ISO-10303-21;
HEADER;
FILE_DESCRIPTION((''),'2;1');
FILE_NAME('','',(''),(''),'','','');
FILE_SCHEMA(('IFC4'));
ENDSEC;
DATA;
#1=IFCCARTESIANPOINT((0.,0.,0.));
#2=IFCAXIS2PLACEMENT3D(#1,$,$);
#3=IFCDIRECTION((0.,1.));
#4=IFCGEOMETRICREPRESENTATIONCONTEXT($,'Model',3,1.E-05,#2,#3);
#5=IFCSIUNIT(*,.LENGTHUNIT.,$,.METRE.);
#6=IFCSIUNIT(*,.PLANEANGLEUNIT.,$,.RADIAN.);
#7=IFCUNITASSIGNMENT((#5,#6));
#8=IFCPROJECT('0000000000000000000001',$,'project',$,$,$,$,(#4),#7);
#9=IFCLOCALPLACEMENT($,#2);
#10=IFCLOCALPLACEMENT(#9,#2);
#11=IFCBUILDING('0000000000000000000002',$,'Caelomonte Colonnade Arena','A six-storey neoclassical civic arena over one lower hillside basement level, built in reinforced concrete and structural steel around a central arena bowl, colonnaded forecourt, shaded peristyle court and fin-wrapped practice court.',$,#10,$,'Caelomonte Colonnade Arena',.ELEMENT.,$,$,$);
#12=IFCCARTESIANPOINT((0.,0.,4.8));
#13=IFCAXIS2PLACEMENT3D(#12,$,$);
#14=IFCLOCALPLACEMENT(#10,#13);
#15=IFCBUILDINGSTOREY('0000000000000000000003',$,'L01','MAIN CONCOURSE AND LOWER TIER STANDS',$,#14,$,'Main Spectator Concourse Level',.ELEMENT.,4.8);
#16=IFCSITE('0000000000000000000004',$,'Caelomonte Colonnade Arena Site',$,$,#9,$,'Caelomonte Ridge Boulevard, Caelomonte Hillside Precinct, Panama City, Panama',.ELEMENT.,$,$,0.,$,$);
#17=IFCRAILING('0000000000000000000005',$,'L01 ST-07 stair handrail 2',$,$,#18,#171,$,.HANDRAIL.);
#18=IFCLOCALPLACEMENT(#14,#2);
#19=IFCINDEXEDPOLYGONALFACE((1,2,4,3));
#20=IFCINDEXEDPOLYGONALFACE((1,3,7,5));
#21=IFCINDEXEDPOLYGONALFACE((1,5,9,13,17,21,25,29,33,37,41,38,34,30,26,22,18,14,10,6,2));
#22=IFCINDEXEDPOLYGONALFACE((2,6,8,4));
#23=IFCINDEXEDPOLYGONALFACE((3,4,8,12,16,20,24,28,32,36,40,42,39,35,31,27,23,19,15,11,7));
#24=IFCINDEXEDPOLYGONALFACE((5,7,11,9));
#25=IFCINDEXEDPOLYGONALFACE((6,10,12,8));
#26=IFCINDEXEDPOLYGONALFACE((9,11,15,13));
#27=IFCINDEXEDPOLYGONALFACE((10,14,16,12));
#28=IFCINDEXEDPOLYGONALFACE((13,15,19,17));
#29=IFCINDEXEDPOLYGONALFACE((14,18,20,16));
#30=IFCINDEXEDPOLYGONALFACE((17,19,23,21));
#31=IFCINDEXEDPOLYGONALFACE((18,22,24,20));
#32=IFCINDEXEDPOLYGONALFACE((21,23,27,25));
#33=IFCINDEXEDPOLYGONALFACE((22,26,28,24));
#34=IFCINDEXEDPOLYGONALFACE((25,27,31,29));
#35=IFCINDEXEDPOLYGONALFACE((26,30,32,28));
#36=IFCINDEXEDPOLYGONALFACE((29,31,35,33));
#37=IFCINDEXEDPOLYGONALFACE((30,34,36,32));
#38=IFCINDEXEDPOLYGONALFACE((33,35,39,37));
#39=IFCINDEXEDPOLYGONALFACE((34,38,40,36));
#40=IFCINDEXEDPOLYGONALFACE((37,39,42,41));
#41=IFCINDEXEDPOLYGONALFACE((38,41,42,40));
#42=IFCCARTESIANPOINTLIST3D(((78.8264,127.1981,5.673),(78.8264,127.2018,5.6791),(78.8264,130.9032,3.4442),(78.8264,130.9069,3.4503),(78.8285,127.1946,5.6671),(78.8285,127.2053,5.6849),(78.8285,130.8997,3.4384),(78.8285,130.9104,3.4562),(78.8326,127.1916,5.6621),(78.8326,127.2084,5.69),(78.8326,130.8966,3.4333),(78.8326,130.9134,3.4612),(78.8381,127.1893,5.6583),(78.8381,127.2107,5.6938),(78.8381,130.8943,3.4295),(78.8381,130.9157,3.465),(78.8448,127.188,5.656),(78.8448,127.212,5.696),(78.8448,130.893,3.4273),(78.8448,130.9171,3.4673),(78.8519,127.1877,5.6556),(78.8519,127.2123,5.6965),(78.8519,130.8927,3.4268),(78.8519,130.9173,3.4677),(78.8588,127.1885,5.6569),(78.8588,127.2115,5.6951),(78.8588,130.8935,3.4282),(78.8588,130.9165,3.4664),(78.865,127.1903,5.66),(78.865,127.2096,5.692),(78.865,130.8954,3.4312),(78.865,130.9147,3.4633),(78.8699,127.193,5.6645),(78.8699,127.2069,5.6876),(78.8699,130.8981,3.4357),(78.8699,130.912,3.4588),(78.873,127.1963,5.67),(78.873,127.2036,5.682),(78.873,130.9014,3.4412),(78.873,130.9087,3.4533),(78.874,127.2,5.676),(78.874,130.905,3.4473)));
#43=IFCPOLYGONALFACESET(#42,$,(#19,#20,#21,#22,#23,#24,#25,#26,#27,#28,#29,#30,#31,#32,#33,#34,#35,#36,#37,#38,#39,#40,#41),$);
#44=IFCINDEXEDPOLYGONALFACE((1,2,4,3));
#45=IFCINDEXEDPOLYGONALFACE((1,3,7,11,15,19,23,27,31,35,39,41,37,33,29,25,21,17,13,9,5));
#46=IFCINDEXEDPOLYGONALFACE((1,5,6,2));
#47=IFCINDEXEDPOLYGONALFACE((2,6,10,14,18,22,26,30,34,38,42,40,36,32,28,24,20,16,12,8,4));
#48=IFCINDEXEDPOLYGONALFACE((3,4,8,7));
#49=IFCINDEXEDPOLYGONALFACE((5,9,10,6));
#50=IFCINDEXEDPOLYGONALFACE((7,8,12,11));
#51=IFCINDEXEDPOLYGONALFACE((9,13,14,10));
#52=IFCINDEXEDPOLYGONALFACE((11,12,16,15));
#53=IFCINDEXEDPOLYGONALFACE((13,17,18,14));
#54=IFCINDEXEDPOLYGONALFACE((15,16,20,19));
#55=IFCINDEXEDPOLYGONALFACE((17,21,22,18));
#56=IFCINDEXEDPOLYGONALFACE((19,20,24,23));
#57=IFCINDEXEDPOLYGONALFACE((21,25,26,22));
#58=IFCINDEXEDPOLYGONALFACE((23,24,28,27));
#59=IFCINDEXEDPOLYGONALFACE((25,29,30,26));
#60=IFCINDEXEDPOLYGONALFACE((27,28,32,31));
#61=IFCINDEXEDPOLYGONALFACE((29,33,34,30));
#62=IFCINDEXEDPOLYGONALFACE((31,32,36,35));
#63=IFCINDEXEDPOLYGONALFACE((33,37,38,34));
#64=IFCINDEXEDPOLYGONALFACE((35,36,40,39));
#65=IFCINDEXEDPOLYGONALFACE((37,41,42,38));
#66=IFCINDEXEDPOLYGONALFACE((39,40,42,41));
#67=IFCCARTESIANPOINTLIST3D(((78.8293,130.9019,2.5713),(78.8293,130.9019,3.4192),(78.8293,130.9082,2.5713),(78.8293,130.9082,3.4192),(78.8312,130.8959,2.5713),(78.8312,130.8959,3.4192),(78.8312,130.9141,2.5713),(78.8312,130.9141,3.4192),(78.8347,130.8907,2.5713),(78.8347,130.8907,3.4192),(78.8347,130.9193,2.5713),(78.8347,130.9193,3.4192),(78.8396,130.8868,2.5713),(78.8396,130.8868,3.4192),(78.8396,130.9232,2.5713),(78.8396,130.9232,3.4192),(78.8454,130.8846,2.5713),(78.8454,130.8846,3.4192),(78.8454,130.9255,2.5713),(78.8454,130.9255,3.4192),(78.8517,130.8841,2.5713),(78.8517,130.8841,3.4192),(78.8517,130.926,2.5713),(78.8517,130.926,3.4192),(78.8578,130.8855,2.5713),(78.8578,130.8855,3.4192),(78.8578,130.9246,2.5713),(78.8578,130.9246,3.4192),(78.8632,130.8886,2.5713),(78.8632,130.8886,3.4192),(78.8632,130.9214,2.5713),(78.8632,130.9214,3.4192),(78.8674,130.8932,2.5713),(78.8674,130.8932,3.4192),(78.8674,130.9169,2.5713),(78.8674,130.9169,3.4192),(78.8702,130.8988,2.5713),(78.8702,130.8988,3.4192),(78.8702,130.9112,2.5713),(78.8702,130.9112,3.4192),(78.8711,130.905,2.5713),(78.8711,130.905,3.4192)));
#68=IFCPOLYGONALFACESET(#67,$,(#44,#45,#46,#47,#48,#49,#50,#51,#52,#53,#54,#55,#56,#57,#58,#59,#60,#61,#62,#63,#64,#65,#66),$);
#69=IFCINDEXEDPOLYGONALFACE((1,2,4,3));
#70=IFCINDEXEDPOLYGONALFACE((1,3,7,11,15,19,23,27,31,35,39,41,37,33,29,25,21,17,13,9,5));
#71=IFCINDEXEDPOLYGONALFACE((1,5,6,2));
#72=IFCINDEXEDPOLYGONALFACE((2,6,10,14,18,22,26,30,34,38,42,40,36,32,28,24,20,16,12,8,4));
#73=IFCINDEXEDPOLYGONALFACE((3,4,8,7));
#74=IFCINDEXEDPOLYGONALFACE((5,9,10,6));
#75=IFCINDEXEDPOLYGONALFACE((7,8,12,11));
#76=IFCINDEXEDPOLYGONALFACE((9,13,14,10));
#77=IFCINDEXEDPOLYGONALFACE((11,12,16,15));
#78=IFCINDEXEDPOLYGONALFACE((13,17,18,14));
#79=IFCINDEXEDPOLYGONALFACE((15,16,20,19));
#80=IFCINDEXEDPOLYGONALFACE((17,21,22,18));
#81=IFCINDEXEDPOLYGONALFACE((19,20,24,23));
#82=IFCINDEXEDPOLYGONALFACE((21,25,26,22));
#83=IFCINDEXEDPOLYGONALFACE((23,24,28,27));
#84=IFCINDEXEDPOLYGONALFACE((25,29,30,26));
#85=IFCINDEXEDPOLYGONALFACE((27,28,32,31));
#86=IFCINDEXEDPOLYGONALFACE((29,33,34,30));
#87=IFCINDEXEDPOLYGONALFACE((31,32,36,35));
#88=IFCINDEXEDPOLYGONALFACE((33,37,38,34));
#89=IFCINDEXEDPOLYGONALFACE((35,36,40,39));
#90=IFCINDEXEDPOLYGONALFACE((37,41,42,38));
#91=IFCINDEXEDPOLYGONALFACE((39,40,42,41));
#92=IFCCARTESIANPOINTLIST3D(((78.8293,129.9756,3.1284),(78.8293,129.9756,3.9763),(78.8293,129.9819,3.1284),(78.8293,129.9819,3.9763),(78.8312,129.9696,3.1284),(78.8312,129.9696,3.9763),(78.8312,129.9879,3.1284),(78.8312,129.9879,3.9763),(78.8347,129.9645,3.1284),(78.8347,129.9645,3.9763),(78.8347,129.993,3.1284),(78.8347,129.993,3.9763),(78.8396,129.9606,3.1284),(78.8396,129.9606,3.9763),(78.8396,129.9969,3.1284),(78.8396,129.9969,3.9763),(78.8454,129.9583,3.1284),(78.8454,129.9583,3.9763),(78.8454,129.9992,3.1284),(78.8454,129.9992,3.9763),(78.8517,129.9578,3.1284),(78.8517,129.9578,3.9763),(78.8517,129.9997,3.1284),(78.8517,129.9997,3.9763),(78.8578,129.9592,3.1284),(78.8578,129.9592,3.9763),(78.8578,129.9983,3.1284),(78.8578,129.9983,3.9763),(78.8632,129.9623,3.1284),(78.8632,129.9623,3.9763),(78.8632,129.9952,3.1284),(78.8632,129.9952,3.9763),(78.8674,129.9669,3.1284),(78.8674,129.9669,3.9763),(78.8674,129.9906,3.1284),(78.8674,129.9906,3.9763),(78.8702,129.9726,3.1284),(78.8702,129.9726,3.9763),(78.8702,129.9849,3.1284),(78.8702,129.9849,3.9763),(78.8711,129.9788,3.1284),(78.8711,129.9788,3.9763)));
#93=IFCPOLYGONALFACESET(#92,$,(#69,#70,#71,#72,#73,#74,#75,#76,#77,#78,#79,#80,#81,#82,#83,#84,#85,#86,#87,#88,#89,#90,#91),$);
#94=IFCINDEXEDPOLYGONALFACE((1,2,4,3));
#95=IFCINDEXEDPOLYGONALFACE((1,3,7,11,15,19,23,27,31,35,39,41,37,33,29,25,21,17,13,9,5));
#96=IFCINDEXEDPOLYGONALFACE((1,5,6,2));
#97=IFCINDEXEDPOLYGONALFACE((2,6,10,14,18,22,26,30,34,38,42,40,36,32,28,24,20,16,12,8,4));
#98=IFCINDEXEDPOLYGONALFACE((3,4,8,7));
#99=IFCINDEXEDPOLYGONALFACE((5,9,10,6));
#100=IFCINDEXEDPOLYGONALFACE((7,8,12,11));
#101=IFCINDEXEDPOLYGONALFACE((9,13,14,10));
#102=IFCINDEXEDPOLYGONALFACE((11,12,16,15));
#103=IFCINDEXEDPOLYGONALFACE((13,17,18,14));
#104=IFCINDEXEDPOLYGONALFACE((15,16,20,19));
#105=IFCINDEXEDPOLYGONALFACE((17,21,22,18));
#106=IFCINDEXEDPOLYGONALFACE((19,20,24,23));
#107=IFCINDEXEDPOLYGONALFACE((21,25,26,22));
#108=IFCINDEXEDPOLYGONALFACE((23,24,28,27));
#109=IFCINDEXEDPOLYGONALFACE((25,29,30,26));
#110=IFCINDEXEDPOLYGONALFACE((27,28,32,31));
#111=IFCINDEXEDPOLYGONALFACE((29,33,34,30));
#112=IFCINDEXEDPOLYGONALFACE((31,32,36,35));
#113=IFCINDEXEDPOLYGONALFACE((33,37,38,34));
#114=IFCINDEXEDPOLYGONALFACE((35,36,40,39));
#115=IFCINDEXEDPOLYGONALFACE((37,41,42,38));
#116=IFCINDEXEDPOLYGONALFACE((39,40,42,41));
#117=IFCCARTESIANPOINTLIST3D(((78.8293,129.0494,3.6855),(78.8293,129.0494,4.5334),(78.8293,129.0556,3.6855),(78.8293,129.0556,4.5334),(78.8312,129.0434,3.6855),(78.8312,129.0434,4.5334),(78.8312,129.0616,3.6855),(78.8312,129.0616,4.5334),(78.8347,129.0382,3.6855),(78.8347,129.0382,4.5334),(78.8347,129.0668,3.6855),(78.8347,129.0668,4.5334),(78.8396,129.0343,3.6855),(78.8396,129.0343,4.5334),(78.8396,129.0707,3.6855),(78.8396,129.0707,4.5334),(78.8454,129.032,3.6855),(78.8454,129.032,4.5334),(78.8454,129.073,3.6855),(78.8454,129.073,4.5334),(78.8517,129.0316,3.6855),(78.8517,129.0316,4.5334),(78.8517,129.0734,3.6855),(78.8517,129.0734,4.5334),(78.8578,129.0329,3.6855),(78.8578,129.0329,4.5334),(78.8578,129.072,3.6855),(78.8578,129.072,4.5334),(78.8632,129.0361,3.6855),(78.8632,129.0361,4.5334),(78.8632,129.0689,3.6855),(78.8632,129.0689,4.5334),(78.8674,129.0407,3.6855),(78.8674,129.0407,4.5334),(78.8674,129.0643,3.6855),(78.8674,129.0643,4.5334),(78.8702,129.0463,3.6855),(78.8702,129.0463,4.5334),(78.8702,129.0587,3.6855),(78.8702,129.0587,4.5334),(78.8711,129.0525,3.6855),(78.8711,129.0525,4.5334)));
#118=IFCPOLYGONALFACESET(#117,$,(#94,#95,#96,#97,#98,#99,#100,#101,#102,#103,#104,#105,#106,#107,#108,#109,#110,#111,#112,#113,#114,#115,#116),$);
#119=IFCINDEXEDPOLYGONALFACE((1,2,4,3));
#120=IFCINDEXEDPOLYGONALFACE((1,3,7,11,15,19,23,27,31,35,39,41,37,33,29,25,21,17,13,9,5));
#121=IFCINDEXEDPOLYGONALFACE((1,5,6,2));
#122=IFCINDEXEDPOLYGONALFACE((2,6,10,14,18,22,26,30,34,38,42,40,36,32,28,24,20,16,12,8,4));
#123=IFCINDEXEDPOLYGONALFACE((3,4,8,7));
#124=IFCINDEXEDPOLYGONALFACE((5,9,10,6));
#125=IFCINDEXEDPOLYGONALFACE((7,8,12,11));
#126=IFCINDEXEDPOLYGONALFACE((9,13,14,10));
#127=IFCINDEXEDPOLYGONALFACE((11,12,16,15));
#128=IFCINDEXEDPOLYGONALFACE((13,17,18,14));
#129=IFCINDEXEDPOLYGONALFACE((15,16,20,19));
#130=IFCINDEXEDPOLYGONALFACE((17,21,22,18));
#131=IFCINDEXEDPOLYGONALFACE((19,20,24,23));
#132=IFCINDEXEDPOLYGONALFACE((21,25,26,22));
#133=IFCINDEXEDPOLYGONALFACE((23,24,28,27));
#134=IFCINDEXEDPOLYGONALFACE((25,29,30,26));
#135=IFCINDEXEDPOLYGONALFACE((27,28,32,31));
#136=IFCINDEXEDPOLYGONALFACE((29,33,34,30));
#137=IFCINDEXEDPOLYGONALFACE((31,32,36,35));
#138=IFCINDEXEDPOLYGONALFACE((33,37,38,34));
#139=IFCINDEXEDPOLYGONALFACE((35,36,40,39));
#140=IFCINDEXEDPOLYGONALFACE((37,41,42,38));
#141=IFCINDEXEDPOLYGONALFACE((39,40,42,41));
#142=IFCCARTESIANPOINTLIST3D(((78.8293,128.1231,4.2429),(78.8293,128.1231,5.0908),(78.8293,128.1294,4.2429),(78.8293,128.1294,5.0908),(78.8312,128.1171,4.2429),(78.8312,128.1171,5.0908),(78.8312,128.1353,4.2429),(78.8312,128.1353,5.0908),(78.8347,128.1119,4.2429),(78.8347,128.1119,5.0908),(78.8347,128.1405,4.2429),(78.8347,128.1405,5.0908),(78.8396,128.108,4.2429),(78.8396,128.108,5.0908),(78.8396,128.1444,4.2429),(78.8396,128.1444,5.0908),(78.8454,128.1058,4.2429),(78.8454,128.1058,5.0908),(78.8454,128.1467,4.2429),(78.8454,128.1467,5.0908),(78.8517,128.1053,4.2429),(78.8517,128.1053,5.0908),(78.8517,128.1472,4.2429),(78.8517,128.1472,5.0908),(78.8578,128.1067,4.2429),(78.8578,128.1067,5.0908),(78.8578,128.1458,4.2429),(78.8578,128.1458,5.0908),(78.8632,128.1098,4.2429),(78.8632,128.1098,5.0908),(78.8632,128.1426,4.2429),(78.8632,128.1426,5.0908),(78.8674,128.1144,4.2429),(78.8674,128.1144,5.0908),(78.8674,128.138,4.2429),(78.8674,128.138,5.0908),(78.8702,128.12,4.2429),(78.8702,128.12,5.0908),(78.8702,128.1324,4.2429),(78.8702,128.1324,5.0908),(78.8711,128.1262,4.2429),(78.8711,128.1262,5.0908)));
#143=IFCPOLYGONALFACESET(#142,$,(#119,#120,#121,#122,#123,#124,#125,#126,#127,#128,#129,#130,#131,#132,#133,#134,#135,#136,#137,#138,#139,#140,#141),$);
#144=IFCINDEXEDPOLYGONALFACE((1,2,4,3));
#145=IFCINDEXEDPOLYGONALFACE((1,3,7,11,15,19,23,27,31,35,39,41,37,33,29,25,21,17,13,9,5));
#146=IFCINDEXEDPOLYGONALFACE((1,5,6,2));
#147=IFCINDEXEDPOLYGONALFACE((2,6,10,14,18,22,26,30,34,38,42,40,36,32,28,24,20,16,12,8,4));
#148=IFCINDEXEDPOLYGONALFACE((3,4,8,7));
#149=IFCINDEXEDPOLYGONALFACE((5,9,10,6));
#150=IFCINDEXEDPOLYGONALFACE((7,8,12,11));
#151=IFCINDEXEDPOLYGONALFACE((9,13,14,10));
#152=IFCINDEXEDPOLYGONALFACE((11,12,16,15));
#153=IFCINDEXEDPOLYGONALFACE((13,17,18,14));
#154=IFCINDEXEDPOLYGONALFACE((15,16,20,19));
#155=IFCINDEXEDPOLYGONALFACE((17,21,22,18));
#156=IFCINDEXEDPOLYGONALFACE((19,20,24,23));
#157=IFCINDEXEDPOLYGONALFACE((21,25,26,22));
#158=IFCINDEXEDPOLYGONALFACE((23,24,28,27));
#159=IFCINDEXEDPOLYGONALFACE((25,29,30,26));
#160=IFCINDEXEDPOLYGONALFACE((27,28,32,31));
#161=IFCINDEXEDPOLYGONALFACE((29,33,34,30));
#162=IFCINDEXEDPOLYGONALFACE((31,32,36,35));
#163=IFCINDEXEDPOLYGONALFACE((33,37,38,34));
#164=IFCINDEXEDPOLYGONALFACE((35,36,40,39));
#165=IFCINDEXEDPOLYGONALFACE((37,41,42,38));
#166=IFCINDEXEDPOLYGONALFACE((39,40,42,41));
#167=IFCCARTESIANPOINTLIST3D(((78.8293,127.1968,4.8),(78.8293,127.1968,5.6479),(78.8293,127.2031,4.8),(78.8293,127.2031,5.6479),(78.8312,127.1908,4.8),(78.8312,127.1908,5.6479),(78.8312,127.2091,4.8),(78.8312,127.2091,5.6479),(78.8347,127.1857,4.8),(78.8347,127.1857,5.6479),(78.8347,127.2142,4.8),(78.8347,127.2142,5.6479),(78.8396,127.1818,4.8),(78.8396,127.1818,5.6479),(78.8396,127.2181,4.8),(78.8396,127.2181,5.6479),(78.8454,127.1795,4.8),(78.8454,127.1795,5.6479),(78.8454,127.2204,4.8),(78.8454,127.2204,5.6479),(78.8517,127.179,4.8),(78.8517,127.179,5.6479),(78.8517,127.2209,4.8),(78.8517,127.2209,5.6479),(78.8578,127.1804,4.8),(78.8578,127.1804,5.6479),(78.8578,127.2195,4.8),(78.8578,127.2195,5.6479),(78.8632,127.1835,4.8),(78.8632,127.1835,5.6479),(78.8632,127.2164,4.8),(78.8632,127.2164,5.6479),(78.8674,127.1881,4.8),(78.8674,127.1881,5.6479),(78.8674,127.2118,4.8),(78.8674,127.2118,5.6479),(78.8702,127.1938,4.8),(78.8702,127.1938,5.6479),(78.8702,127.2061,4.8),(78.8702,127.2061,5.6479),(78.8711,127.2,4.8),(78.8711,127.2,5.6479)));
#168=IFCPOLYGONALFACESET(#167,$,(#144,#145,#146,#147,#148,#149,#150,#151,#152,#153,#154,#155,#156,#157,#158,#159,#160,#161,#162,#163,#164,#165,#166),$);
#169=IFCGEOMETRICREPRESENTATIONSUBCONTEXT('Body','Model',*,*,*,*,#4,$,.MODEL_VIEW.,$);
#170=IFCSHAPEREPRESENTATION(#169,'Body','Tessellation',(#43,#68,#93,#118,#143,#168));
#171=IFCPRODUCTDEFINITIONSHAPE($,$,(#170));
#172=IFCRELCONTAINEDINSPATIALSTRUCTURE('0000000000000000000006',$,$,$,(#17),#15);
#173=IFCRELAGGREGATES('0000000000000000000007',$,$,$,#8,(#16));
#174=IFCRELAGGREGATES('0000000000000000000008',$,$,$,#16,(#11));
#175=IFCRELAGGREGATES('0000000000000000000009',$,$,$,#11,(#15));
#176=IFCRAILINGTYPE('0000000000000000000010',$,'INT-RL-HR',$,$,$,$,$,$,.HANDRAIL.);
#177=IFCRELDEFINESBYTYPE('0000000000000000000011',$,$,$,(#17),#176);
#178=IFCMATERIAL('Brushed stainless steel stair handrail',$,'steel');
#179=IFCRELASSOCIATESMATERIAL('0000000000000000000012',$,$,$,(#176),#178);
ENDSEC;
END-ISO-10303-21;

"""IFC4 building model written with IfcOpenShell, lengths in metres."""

from ifc_helpers import new_model, si_unit, direction, frame, origin, origin_2d, place, context, subcontext, project, spatial, circle, extrude, material, type_object, element, save


model = new_model("IFC4")

# Units and contexts
model_context = context("Model", 3, precision=1e-05, world=origin(), true_north=direction((0.0, 1.0)))
body_context = subcontext(model_context, "Body", "Model", "MODEL_VIEW")
ifc_project = project(units=[si_unit("LENGTHUNIT", "METRE"), si_unit("PLANEANGLEUNIT", "RADIAN")], contexts=[model_context])

# Site, building, storey
site_placement = place(None, origin())
site = spatial("IfcSite", under=ifc_project, at=site_placement, Name="Caelomonte Colonnade Arena Site", LongName="Caelomonte Ridge Boulevard, Caelomonte Hillside Precinct, Panama City, Panama", CompositionType="ELEMENT", RefElevation=0.0)
building_placement = place(site_placement, origin())
building = spatial("IfcBuilding", under=site, at=building_placement, Name="Caelomonte Colonnade Arena", Description="A six-storey neoclassical civic arena over one lower hillside basement level, built in reinforced concrete and structural steel around a central arena bowl, colonnaded forecourt, shaded peristyle court and fin-wrapped practice court.", LongName="Caelomonte Colonnade Arena", CompositionType="ELEMENT")
storey_placement = place(building_placement, frame((0.0, 0.0, 4.8)))
storey = spatial("IfcBuildingStorey", under=building, at=storey_placement, Name="L01", Description="MAIN CONCOURSE AND LOWER TIER STANDS", LongName="Main Spectator Concourse Level", CompositionType="ELEMENT", Elevation=4.8)

# Railing
ifc_material_1 = material(Name="Brushed stainless steel stair handrail", Category="steel")
railing_type_1 = type_object("IfcRailingType", Name="INT-RL-HR", PredefinedType="HANDRAIL", material=ifc_material_1)
railing_1_placement = place(storey_placement, frame((78.8501, 130.905, 2.5713)))
element("IfcRailing", 1, at=railing_1_placement, inside=storey, type_object=railing_type_1, Name="L01 ST-07 stair handrail 2", PredefinedType="HANDRAIL", context=body_context, shape_type="SweptSolid", body=[
    extrude(circle(Radius=0.0239, at=origin_2d()), frame((0.0, 0.0, 0.876), z_axis=(0.0, -0.856909, 0.515467), x_axis=(1.0, 0.0, 0.0)), (0.0, 0.0, 1.0), 4.3237),
    extrude(circle(Radius=0.021, at=origin_2d()), origin(), (0.0, 0.0, 1.0), 0.8479),
    extrude(circle(Radius=0.021, at=origin_2d()), frame((0.0, -0.9263, 0.5571)), (0.0, 0.0, 1.0), 0.8479),
    extrude(circle(Radius=0.021, at=origin_2d()), frame((0.0, -1.8525, 1.1143)), (0.0, 0.0, 1.0), 0.8479),
    extrude(circle(Radius=0.021, at=origin_2d()), frame((0.0, -2.7788, 1.6716)), (0.0, 0.0, 1.0), 0.8479),
    extrude(circle(Radius=0.021, at=origin_2d()), frame((0.0, -3.7051, 2.2288)), (0.0, 0.0, 1.0), 0.8479),
])

save(model, "model.ifc")
